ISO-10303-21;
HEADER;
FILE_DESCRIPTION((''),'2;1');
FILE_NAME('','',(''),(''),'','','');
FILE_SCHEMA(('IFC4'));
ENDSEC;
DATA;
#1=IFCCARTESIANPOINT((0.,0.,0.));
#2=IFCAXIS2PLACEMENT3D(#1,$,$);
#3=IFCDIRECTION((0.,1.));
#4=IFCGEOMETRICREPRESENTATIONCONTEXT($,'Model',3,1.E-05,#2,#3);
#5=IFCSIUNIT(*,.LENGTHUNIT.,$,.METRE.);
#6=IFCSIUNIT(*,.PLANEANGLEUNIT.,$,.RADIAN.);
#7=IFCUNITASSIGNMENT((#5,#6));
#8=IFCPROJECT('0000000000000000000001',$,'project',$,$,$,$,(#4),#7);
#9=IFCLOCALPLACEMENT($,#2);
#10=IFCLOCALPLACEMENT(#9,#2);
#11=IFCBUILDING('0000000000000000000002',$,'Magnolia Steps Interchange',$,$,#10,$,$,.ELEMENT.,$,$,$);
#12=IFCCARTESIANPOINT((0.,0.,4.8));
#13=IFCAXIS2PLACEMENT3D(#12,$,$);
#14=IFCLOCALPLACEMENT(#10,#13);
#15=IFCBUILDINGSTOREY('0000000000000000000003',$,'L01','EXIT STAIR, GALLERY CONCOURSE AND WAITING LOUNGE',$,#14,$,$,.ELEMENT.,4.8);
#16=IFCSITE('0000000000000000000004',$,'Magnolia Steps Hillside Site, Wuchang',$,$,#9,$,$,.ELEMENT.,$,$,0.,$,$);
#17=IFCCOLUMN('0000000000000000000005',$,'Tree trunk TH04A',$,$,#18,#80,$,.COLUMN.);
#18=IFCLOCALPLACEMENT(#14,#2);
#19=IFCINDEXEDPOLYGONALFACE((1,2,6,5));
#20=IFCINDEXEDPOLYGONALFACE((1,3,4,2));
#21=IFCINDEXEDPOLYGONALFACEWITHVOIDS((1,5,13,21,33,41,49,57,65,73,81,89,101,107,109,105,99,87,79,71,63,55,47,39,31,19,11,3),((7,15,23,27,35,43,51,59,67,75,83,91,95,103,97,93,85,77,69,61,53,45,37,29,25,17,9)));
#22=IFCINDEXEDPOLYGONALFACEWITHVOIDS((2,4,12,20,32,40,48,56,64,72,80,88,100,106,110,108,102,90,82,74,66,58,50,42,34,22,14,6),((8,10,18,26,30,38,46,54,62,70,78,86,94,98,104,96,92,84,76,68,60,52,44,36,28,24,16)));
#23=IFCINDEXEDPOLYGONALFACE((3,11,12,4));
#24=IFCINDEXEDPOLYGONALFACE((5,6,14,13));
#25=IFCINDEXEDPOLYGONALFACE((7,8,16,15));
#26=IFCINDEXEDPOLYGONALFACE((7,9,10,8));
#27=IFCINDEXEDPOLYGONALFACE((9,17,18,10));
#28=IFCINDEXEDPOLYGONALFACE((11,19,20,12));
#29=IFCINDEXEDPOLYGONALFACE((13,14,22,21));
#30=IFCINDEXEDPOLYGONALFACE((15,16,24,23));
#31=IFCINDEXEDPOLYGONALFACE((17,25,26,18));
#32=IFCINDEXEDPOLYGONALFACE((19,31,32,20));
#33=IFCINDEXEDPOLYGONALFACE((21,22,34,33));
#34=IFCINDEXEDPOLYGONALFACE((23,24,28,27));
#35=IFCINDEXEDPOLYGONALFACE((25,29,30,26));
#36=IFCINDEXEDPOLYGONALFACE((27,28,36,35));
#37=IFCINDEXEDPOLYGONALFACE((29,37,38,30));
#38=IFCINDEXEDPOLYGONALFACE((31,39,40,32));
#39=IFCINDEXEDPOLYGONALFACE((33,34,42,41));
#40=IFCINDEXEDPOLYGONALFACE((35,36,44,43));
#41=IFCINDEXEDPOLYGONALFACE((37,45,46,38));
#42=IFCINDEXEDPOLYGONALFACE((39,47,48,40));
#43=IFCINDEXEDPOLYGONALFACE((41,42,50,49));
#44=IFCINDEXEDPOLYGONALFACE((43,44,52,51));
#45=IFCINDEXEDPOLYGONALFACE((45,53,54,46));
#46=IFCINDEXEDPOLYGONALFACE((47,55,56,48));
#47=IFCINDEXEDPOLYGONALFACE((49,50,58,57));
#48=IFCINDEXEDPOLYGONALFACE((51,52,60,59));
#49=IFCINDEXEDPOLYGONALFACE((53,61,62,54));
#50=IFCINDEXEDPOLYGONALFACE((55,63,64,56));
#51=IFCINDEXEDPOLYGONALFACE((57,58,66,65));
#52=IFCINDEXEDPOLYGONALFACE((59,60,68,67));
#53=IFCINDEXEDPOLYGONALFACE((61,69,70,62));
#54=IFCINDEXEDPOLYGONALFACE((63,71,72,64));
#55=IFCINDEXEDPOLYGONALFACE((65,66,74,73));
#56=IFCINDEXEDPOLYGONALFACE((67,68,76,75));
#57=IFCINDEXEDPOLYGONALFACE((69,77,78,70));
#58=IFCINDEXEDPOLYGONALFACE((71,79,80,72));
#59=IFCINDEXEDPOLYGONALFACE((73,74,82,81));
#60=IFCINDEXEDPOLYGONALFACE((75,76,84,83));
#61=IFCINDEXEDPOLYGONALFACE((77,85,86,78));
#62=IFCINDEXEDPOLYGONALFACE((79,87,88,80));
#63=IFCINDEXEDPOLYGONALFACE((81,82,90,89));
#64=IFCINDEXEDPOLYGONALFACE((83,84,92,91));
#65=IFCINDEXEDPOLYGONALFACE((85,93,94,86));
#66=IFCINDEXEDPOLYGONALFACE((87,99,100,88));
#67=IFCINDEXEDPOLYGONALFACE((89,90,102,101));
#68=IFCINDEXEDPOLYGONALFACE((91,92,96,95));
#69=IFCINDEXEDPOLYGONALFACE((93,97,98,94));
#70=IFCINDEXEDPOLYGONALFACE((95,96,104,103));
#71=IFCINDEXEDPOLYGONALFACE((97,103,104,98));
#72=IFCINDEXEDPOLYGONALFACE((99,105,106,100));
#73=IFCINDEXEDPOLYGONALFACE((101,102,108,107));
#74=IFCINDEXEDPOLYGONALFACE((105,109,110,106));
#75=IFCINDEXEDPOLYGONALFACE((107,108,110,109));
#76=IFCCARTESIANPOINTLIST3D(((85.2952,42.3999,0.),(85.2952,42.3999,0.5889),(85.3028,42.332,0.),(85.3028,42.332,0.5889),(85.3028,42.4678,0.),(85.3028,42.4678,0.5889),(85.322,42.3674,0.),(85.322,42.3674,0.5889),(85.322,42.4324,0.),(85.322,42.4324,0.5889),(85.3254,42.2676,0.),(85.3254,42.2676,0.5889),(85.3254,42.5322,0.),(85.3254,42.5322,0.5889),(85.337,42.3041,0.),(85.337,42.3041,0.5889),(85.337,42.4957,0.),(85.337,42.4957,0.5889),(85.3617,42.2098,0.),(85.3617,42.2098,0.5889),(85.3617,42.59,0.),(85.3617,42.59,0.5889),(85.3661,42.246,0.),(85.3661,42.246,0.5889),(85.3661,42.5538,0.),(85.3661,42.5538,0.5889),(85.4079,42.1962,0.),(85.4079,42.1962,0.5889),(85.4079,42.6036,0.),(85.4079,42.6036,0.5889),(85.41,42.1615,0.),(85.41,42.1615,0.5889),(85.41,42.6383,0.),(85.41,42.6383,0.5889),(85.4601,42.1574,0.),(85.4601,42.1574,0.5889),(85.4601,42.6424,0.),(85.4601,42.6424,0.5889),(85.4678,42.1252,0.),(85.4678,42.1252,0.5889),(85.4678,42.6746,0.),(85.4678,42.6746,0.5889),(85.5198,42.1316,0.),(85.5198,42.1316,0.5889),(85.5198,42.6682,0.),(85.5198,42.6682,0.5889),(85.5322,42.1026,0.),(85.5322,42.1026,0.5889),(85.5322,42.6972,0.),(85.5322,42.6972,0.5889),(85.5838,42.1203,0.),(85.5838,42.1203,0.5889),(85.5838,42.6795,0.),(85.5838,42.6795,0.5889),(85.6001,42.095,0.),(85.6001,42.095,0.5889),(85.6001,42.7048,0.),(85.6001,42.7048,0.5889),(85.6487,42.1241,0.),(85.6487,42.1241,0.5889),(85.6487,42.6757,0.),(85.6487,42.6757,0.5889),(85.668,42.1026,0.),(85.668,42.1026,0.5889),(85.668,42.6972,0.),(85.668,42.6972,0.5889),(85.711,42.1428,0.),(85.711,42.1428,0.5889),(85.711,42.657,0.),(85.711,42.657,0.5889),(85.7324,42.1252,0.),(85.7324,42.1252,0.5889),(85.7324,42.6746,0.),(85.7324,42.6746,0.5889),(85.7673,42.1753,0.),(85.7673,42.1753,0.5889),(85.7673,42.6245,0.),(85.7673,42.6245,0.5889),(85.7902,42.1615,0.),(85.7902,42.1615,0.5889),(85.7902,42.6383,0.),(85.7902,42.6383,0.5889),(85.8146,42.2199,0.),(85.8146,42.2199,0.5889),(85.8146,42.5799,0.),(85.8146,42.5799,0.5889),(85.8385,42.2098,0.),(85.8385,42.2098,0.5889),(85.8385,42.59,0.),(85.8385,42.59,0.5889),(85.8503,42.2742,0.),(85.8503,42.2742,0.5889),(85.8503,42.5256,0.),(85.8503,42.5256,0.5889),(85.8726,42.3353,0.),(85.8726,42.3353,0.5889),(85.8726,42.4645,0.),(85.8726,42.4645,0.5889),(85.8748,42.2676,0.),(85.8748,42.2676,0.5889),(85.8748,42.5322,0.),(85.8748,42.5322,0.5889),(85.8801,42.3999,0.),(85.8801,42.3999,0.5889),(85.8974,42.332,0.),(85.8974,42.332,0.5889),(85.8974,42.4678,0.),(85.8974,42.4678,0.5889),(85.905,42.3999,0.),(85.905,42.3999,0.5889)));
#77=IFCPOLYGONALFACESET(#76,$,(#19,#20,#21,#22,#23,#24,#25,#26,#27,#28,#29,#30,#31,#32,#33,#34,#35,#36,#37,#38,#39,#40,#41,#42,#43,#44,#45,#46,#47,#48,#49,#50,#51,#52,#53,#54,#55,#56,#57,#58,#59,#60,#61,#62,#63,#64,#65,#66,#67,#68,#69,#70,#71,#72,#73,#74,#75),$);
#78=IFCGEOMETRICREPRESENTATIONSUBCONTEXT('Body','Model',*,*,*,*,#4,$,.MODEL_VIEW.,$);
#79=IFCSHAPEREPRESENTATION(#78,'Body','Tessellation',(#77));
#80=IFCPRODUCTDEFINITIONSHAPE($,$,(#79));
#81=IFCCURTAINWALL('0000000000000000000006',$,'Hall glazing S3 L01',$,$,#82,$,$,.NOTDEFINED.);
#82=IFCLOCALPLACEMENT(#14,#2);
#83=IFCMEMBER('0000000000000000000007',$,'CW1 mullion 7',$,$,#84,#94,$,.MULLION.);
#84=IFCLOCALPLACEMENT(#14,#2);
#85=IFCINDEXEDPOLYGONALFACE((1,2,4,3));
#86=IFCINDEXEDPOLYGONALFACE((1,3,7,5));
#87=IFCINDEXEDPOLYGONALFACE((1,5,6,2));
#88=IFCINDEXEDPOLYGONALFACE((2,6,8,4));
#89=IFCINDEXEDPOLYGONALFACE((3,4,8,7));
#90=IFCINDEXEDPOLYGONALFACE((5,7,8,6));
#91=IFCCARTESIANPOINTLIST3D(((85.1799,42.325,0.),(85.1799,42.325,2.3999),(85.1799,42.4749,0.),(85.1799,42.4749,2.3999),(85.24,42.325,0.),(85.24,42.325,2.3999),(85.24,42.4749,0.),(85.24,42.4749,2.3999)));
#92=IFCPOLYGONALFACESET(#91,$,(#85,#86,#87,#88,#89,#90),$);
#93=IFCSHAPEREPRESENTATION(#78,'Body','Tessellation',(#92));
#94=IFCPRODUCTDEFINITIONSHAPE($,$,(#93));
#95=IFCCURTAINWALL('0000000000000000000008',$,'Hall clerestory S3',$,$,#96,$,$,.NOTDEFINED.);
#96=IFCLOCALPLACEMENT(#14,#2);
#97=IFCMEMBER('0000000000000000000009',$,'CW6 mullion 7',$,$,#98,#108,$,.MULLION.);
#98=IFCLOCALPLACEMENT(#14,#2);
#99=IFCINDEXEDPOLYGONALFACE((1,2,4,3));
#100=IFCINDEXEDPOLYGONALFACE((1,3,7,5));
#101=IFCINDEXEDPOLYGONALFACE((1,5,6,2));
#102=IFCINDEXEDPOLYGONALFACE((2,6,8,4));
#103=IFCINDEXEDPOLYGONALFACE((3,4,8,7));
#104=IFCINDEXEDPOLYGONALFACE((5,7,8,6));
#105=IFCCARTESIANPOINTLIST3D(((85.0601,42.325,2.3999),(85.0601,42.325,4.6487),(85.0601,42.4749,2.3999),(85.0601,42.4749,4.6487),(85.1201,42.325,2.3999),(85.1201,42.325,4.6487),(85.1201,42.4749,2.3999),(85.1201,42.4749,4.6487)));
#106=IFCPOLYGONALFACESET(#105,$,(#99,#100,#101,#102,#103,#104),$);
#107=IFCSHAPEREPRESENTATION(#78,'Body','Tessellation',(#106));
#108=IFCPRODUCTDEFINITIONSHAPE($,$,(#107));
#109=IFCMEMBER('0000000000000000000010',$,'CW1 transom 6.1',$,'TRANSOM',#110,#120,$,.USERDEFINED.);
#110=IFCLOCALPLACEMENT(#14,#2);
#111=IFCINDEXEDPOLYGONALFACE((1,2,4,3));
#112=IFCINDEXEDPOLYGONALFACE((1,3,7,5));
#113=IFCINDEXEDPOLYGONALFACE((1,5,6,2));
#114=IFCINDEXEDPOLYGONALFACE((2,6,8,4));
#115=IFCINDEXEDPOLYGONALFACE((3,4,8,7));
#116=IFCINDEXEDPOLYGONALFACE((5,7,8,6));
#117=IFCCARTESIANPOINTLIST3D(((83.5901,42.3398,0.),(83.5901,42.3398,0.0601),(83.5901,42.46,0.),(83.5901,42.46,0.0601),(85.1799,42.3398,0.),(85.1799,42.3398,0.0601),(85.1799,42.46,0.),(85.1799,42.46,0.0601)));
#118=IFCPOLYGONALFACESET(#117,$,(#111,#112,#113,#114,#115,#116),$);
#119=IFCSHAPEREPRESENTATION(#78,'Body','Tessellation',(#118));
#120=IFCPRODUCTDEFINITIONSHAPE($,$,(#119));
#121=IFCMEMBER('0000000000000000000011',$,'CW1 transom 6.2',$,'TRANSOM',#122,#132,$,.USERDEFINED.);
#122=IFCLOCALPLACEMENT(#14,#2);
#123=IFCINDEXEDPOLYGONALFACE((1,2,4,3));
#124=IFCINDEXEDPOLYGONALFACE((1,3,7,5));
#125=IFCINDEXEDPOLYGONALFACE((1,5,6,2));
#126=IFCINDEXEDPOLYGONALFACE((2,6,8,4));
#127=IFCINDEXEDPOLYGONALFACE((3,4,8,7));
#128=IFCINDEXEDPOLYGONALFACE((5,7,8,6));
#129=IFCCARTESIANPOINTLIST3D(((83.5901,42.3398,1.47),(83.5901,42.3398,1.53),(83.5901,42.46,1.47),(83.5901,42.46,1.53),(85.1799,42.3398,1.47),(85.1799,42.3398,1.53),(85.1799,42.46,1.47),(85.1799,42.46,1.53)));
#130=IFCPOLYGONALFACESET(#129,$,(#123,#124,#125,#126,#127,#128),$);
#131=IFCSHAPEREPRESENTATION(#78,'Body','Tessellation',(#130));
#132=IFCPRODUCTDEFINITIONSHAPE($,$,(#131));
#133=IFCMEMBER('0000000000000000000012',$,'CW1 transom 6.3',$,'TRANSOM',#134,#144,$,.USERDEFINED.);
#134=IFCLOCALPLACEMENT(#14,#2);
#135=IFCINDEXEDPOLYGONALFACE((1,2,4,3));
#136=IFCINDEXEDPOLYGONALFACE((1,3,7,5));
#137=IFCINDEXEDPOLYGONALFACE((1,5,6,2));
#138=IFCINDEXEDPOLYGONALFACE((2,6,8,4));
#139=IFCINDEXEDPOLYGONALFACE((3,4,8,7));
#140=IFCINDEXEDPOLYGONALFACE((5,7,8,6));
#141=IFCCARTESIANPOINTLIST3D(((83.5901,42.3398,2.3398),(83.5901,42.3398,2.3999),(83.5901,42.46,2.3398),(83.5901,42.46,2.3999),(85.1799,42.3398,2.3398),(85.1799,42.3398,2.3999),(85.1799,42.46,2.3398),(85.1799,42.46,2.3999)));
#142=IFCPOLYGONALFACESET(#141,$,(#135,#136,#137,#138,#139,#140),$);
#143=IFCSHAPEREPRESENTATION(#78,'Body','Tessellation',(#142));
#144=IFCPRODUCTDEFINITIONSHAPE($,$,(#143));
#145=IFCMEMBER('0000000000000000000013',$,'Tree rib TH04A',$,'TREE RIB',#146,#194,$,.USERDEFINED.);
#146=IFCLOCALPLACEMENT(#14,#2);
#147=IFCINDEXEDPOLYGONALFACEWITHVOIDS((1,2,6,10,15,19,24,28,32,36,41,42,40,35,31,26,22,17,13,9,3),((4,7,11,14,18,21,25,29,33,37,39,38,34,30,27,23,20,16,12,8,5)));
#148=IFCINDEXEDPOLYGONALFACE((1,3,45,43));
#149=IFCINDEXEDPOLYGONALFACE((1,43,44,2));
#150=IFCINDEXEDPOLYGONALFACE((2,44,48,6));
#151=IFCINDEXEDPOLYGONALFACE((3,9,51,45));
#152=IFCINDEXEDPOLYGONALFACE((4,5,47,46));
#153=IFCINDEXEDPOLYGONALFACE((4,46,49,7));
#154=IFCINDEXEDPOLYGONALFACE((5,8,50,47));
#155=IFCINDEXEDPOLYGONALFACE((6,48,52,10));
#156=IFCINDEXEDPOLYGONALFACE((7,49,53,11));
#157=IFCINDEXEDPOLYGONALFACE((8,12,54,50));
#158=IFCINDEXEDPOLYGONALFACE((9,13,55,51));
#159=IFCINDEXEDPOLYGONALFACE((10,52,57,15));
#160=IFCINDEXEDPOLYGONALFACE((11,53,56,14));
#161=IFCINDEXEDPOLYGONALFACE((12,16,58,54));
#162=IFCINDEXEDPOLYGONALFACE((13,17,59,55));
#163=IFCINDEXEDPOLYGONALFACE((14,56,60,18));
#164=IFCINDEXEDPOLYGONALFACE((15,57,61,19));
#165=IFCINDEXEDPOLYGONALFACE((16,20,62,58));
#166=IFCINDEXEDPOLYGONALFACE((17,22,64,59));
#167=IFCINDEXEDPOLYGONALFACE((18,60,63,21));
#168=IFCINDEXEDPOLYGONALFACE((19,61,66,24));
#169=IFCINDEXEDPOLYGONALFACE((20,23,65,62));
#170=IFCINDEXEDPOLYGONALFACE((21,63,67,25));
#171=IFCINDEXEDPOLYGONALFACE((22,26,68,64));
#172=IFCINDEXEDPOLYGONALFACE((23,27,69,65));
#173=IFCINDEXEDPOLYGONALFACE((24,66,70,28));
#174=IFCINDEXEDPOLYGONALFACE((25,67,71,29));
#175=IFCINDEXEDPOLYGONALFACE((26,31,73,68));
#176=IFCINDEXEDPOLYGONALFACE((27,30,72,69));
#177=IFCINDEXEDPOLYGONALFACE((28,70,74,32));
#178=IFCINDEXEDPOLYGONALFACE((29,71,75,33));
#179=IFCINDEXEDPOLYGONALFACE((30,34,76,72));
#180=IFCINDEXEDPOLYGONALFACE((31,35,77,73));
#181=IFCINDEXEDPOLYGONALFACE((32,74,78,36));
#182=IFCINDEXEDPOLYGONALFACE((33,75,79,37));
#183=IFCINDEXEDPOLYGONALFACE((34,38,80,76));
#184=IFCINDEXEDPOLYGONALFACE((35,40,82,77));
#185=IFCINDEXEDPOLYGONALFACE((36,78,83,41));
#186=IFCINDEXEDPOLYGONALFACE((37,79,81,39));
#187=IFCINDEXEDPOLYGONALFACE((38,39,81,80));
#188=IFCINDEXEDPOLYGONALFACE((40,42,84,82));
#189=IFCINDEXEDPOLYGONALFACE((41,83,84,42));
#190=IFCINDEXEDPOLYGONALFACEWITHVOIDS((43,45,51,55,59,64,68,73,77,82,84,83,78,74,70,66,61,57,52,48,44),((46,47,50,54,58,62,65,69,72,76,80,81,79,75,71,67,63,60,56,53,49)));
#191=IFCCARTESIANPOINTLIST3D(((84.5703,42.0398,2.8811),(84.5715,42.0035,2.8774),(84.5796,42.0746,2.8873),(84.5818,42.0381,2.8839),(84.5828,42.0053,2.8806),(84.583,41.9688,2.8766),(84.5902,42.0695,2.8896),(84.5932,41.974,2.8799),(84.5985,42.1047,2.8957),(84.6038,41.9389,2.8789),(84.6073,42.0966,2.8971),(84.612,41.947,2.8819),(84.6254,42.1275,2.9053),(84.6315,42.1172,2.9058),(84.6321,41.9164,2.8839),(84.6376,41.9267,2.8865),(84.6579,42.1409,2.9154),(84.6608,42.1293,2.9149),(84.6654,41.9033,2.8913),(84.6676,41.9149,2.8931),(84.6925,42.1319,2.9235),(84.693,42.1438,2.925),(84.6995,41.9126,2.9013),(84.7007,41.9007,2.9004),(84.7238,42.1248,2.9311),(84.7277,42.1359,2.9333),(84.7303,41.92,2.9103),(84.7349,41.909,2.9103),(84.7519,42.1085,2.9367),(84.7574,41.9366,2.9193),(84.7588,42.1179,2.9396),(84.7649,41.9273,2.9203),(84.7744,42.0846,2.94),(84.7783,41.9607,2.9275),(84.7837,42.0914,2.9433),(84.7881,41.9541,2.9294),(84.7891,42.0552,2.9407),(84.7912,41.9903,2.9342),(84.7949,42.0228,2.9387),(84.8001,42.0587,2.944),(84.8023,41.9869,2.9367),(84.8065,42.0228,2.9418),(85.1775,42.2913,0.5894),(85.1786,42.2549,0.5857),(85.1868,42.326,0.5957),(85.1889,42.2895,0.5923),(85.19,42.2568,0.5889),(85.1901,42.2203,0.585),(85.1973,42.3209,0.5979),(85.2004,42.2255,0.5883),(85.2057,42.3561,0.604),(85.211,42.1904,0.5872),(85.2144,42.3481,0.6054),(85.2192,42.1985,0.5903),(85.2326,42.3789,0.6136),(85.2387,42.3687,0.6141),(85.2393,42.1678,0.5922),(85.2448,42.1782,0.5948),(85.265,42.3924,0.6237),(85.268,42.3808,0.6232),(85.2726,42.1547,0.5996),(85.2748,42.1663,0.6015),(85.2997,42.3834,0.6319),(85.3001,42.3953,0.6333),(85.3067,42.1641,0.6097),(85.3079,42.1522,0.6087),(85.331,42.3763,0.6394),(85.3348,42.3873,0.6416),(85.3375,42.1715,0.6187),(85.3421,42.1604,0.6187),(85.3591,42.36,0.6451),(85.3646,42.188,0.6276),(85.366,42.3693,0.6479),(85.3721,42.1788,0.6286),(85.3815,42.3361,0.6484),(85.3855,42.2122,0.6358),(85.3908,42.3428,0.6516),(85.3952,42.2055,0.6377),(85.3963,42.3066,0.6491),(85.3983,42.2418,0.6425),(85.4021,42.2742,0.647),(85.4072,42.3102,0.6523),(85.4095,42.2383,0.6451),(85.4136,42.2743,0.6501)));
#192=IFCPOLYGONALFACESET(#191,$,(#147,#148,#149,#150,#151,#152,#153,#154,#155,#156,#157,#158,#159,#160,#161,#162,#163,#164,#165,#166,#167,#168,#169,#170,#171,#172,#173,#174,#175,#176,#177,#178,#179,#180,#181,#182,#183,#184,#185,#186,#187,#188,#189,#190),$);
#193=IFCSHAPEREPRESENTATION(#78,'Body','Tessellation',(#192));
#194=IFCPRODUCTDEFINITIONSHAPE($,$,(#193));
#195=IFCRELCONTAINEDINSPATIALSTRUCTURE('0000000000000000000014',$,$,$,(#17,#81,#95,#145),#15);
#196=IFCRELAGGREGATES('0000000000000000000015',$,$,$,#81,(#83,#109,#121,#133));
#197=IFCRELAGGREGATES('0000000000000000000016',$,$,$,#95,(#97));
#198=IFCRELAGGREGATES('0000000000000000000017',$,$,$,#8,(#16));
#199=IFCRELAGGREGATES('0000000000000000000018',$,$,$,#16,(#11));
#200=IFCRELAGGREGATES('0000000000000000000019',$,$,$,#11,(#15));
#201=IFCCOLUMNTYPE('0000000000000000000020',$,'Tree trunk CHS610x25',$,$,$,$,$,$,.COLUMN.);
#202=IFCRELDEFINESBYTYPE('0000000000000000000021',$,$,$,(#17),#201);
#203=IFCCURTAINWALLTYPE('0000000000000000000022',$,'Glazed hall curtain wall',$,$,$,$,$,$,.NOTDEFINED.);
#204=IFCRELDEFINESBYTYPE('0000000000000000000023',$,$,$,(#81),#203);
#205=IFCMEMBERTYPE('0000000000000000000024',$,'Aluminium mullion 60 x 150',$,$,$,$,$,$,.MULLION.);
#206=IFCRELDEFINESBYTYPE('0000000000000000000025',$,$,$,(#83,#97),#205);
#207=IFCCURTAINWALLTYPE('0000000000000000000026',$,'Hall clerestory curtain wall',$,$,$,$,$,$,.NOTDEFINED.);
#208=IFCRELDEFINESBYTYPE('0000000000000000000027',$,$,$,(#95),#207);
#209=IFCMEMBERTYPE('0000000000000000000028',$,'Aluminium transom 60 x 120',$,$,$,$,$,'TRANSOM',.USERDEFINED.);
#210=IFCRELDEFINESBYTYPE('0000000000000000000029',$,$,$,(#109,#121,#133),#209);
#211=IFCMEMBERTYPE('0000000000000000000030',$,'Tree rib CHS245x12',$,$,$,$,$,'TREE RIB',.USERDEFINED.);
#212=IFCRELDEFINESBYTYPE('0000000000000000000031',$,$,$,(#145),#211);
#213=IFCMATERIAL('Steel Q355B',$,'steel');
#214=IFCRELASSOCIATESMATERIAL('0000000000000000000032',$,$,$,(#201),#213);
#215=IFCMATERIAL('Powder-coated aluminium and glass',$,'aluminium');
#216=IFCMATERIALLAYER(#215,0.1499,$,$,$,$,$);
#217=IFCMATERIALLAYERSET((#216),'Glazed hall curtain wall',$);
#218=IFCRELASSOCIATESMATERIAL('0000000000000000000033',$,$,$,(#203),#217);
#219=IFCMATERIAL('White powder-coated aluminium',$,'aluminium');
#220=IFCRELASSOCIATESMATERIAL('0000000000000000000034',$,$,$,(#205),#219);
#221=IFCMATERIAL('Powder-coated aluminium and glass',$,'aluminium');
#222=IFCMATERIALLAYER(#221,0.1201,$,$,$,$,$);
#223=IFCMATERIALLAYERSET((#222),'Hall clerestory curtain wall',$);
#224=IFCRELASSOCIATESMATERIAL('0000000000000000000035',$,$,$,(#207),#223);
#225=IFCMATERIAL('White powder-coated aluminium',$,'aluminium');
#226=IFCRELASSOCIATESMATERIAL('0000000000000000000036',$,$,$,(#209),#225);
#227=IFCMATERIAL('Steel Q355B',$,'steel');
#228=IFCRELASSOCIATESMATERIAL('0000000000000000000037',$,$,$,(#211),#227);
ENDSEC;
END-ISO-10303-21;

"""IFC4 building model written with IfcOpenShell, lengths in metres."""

from ifc_helpers import new_model, si_unit, direction, frame, origin, origin_2d, place, context, subcontext, project, spatial, rectangle, hollow_circle, extrude, material, layer, layer_set, material_profile, profile_set, type_object, element, aggregate, save


model = new_model("IFC4")

# Units and contexts
model_context = context("Model", 3, precision=1e-05, world=origin(), true_north=direction((0.0, 1.0)))
body_context = subcontext(model_context, "Body", "Model", "MODEL_VIEW")
ifc_project = project(units=[si_unit("LENGTHUNIT", "METRE"), si_unit("PLANEANGLEUNIT", "RADIAN")], contexts=[model_context])

# Site, building, storey
site_placement = place(None, origin())
site = spatial("IfcSite", under=ifc_project, at=site_placement, Name="Magnolia Steps Hillside Site, Wuchang", CompositionType="ELEMENT", RefElevation=0.0)
building_placement = place(site_placement, origin())
building = spatial("IfcBuilding", under=site, at=building_placement, Name="Magnolia Steps Interchange", CompositionType="ELEMENT")
storey_placement = place(building_placement, frame((0.0, 0.0, 4.8)))
storey = spatial("IfcBuildingStorey", under=building, at=storey_placement, Name="L01", Description="EXIT STAIR, GALLERY CONCOURSE AND WAITING LOUNGE", CompositionType="ELEMENT", Elevation=4.8)

# Column
ifc_material_1 = material(Name="Steel Q355B", Category="steel")
ifc_material_profile_1 = material_profile(ifc_material_1, hollow_circle(Radius=0.3049, WallThickness=0.0249, at=origin_2d()), Name="CHS610x25")
ifc_profile_set_1 = profile_set([ifc_material_profile_1], Name="Steel Q355B")
column_type = type_object("IfcColumnType", Name="Tree trunk CHS610x25", PredefinedType="COLUMN", material=ifc_profile_set_1)
column_placement = place(storey_placement, frame((85.6001, 42.3999, 0.0), z_axis=(0.0, 0.0, 1.0), x_axis=(1.0, 0.0, 0.0)))
element("IfcColumn", 1, at=column_placement, inside=storey, type_object=column_type, Name="Tree trunk TH04A", PredefinedType="COLUMN", context=body_context, shape_type="SweptSolid", body=[
    extrude(hollow_circle(Radius=0.3049, WallThickness=0.0249, at=origin_2d()), origin(), (0.0, 0.0, 1.0), 0.5889),
])

# Curtain walls, members
ifc_material_2 = material(Name="Powder-coated aluminium and glass", Category="aluminium")
ifc_layer_1 = layer(ifc_material_2, 0.1499)
ifc_layer_set_1 = layer_set([ifc_layer_1], Name="Glazed hall curtain wall")
curtain_wall_type_1 = type_object("IfcCurtainWallType", Name="Glazed hall curtain wall", PredefinedType="NOTDEFINED", material=ifc_layer_set_1)
curtain_wall_1_placement = place(storey_placement, origin())
curtain_wall_1 = element("IfcCurtainWall", 2, at=curtain_wall_1_placement, inside=storey, type_object=curtain_wall_type_1, Name="Hall glazing S3 L01", PredefinedType="NOTDEFINED")
ifc_material_3 = material(Name="White powder-coated aluminium", Category="aluminium")
ifc_material_profile_2 = material_profile(ifc_material_3, rectangle(XDim=0.0601, YDim=0.1499, at=origin_2d()), Name="Aluminium mullion 60 x 150")
ifc_profile_set_2 = profile_set([ifc_material_profile_2], Name="White powder-coated aluminium")
member_type_1 = type_object("IfcMemberType", Name="Aluminium mullion 60 x 150", PredefinedType="MULLION", material=ifc_profile_set_2)
member_1_placement = place(storey_placement, frame((85.21, 42.3999, 0.0), z_axis=(0.0, 0.0, 1.0), x_axis=(1.0, 0.0, 0.0)))
member_1 = element("IfcMember", 3, at=member_1_placement, type_object=member_type_1, Name="CW1 mullion 7", PredefinedType="MULLION", context=body_context, shape_type="SweptSolid", body=[
    extrude(rectangle(XDim=0.0601, YDim=0.1499, at=origin_2d()), origin(), (0.0, 0.0, 1.0), 2.3999),
])
ifc_material_4 = material(Name="Powder-coated aluminium and glass", Category="aluminium")
ifc_layer_2 = layer(ifc_material_4, 0.1201)
ifc_layer_set_2 = layer_set([ifc_layer_2], Name="Hall clerestory curtain wall")
curtain_wall_type_2 = type_object("IfcCurtainWallType", Name="Hall clerestory curtain wall", PredefinedType="NOTDEFINED", material=ifc_layer_set_2)
curtain_wall_2_placement = place(storey_placement, origin())
curtain_wall_2 = element("IfcCurtainWall", 4, at=curtain_wall_2_placement, inside=storey, type_object=curtain_wall_type_2, Name="Hall clerestory S3", PredefinedType="NOTDEFINED")
member_2_placement = place(storey_placement, frame((85.0901, 42.3999, 2.3999), z_axis=(0.0, 0.0, 1.0), x_axis=(1.0, 0.0, 0.0)))
member_2 = element("IfcMember", 5, at=member_2_placement, type_object=member_type_1, Name="CW6 mullion 7", PredefinedType="MULLION", context=body_context, shape_type="SweptSolid", body=[
    extrude(rectangle(XDim=0.0601, YDim=0.1499, at=origin_2d()), origin(), (0.0, 0.0, 1.0), 2.2488),
])

# Members
ifc_material_5 = material(Name="White powder-coated aluminium", Category="aluminium")
ifc_material_profile_3 = material_profile(ifc_material_5, rectangle(XDim=0.0601, YDim=0.1201, at=origin_2d()), Name="Aluminium transom 60 x 120")
ifc_profile_set_3 = profile_set([ifc_material_profile_3], Name="White powder-coated aluminium")
member_type_2 = type_object("IfcMemberType", Name="Aluminium transom 60 x 120", ElementType="TRANSOM", PredefinedType="USERDEFINED", material=ifc_profile_set_3)
member_3_placement = place(storey_placement, frame((83.5901, 42.3999, 0.03), z_axis=(1.0, 0.0, 0.0), x_axis=(0.0, 0.0, 1.0)))
member_3 = element("IfcMember", 6, at=member_3_placement, type_object=member_type_2, Name="CW1 transom 6.1", ObjectType="TRANSOM", PredefinedType="USERDEFINED", context=body_context, shape_type="SweptSolid", body=[
    extrude(rectangle(XDim=0.0601, YDim=0.1201, at=origin_2d()), origin(), (0.0, 0.0, 1.0), 1.5898),
])
member_4_placement = place(storey_placement, frame((83.5901, 42.3999, 1.5), z_axis=(1.0, 0.0, 0.0), x_axis=(0.0, 0.0, 1.0)))
member_4 = element("IfcMember", 7, at=member_4_placement, type_object=member_type_2, Name="CW1 transom 6.2", ObjectType="TRANSOM", PredefinedType="USERDEFINED", context=body_context, shape_type="SweptSolid", body=[
    extrude(rectangle(XDim=0.0601, YDim=0.1201, at=origin_2d()), origin(), (0.0, 0.0, 1.0), 1.5898),
])
member_5_placement = place(storey_placement, frame((83.5901, 42.3999, 2.3699), z_axis=(1.0, 0.0, 0.0), x_axis=(0.0, 0.0, 1.0)))
member_5 = element("IfcMember", 8, at=member_5_placement, type_object=member_type_2, Name="CW1 transom 6.3", ObjectType="TRANSOM", PredefinedType="USERDEFINED", context=body_context, shape_type="SweptSolid", body=[
    extrude(rectangle(XDim=0.0601, YDim=0.1201, at=origin_2d()), origin(), (0.0, 0.0, 1.0), 1.5898),
])

# Member
ifc_material_6 = material(Name="Steel Q355B", Category="steel")
ifc_material_profile_4 = material_profile(ifc_material_6, hollow_circle(Radius=0.1226, WallThickness=0.012, at=origin_2d()), Name="CHS245x12")
ifc_profile_set_4 = profile_set([ifc_material_profile_4], Name="Steel Q355B")
member_type_3 = type_object("IfcMemberType", Name="Tree rib CHS245x12", ElementType="TREE RIB", PredefinedType="USERDEFINED", material=ifc_profile_set_4)
member_6_placement = place(storey_placement, frame((85.2952, 42.2737, 0.6187), z_axis=(-0.254676, -0.105475, 0.961257), x_axis=(0.382636, -0.923899, 0.0)))
element("IfcMember", 9, at=member_6_placement, inside=storey, type_object=member_type_3, Name="Tree rib TH04A", ObjectType="TREE RIB", PredefinedType="USERDEFINED", context=body_context, shape_type="SweptSolid", body=[
    extrude(hollow_circle(Radius=0.1226, WallThickness=0.012, at=origin_2d()), origin(), (0.0, 0.0, 1.0), 2.384),
])

aggregate(curtain_wall_1, [member_1, member_3, member_4, member_5])
aggregate(curtain_wall_2, [member_2])

save(model, "model.ifc")
